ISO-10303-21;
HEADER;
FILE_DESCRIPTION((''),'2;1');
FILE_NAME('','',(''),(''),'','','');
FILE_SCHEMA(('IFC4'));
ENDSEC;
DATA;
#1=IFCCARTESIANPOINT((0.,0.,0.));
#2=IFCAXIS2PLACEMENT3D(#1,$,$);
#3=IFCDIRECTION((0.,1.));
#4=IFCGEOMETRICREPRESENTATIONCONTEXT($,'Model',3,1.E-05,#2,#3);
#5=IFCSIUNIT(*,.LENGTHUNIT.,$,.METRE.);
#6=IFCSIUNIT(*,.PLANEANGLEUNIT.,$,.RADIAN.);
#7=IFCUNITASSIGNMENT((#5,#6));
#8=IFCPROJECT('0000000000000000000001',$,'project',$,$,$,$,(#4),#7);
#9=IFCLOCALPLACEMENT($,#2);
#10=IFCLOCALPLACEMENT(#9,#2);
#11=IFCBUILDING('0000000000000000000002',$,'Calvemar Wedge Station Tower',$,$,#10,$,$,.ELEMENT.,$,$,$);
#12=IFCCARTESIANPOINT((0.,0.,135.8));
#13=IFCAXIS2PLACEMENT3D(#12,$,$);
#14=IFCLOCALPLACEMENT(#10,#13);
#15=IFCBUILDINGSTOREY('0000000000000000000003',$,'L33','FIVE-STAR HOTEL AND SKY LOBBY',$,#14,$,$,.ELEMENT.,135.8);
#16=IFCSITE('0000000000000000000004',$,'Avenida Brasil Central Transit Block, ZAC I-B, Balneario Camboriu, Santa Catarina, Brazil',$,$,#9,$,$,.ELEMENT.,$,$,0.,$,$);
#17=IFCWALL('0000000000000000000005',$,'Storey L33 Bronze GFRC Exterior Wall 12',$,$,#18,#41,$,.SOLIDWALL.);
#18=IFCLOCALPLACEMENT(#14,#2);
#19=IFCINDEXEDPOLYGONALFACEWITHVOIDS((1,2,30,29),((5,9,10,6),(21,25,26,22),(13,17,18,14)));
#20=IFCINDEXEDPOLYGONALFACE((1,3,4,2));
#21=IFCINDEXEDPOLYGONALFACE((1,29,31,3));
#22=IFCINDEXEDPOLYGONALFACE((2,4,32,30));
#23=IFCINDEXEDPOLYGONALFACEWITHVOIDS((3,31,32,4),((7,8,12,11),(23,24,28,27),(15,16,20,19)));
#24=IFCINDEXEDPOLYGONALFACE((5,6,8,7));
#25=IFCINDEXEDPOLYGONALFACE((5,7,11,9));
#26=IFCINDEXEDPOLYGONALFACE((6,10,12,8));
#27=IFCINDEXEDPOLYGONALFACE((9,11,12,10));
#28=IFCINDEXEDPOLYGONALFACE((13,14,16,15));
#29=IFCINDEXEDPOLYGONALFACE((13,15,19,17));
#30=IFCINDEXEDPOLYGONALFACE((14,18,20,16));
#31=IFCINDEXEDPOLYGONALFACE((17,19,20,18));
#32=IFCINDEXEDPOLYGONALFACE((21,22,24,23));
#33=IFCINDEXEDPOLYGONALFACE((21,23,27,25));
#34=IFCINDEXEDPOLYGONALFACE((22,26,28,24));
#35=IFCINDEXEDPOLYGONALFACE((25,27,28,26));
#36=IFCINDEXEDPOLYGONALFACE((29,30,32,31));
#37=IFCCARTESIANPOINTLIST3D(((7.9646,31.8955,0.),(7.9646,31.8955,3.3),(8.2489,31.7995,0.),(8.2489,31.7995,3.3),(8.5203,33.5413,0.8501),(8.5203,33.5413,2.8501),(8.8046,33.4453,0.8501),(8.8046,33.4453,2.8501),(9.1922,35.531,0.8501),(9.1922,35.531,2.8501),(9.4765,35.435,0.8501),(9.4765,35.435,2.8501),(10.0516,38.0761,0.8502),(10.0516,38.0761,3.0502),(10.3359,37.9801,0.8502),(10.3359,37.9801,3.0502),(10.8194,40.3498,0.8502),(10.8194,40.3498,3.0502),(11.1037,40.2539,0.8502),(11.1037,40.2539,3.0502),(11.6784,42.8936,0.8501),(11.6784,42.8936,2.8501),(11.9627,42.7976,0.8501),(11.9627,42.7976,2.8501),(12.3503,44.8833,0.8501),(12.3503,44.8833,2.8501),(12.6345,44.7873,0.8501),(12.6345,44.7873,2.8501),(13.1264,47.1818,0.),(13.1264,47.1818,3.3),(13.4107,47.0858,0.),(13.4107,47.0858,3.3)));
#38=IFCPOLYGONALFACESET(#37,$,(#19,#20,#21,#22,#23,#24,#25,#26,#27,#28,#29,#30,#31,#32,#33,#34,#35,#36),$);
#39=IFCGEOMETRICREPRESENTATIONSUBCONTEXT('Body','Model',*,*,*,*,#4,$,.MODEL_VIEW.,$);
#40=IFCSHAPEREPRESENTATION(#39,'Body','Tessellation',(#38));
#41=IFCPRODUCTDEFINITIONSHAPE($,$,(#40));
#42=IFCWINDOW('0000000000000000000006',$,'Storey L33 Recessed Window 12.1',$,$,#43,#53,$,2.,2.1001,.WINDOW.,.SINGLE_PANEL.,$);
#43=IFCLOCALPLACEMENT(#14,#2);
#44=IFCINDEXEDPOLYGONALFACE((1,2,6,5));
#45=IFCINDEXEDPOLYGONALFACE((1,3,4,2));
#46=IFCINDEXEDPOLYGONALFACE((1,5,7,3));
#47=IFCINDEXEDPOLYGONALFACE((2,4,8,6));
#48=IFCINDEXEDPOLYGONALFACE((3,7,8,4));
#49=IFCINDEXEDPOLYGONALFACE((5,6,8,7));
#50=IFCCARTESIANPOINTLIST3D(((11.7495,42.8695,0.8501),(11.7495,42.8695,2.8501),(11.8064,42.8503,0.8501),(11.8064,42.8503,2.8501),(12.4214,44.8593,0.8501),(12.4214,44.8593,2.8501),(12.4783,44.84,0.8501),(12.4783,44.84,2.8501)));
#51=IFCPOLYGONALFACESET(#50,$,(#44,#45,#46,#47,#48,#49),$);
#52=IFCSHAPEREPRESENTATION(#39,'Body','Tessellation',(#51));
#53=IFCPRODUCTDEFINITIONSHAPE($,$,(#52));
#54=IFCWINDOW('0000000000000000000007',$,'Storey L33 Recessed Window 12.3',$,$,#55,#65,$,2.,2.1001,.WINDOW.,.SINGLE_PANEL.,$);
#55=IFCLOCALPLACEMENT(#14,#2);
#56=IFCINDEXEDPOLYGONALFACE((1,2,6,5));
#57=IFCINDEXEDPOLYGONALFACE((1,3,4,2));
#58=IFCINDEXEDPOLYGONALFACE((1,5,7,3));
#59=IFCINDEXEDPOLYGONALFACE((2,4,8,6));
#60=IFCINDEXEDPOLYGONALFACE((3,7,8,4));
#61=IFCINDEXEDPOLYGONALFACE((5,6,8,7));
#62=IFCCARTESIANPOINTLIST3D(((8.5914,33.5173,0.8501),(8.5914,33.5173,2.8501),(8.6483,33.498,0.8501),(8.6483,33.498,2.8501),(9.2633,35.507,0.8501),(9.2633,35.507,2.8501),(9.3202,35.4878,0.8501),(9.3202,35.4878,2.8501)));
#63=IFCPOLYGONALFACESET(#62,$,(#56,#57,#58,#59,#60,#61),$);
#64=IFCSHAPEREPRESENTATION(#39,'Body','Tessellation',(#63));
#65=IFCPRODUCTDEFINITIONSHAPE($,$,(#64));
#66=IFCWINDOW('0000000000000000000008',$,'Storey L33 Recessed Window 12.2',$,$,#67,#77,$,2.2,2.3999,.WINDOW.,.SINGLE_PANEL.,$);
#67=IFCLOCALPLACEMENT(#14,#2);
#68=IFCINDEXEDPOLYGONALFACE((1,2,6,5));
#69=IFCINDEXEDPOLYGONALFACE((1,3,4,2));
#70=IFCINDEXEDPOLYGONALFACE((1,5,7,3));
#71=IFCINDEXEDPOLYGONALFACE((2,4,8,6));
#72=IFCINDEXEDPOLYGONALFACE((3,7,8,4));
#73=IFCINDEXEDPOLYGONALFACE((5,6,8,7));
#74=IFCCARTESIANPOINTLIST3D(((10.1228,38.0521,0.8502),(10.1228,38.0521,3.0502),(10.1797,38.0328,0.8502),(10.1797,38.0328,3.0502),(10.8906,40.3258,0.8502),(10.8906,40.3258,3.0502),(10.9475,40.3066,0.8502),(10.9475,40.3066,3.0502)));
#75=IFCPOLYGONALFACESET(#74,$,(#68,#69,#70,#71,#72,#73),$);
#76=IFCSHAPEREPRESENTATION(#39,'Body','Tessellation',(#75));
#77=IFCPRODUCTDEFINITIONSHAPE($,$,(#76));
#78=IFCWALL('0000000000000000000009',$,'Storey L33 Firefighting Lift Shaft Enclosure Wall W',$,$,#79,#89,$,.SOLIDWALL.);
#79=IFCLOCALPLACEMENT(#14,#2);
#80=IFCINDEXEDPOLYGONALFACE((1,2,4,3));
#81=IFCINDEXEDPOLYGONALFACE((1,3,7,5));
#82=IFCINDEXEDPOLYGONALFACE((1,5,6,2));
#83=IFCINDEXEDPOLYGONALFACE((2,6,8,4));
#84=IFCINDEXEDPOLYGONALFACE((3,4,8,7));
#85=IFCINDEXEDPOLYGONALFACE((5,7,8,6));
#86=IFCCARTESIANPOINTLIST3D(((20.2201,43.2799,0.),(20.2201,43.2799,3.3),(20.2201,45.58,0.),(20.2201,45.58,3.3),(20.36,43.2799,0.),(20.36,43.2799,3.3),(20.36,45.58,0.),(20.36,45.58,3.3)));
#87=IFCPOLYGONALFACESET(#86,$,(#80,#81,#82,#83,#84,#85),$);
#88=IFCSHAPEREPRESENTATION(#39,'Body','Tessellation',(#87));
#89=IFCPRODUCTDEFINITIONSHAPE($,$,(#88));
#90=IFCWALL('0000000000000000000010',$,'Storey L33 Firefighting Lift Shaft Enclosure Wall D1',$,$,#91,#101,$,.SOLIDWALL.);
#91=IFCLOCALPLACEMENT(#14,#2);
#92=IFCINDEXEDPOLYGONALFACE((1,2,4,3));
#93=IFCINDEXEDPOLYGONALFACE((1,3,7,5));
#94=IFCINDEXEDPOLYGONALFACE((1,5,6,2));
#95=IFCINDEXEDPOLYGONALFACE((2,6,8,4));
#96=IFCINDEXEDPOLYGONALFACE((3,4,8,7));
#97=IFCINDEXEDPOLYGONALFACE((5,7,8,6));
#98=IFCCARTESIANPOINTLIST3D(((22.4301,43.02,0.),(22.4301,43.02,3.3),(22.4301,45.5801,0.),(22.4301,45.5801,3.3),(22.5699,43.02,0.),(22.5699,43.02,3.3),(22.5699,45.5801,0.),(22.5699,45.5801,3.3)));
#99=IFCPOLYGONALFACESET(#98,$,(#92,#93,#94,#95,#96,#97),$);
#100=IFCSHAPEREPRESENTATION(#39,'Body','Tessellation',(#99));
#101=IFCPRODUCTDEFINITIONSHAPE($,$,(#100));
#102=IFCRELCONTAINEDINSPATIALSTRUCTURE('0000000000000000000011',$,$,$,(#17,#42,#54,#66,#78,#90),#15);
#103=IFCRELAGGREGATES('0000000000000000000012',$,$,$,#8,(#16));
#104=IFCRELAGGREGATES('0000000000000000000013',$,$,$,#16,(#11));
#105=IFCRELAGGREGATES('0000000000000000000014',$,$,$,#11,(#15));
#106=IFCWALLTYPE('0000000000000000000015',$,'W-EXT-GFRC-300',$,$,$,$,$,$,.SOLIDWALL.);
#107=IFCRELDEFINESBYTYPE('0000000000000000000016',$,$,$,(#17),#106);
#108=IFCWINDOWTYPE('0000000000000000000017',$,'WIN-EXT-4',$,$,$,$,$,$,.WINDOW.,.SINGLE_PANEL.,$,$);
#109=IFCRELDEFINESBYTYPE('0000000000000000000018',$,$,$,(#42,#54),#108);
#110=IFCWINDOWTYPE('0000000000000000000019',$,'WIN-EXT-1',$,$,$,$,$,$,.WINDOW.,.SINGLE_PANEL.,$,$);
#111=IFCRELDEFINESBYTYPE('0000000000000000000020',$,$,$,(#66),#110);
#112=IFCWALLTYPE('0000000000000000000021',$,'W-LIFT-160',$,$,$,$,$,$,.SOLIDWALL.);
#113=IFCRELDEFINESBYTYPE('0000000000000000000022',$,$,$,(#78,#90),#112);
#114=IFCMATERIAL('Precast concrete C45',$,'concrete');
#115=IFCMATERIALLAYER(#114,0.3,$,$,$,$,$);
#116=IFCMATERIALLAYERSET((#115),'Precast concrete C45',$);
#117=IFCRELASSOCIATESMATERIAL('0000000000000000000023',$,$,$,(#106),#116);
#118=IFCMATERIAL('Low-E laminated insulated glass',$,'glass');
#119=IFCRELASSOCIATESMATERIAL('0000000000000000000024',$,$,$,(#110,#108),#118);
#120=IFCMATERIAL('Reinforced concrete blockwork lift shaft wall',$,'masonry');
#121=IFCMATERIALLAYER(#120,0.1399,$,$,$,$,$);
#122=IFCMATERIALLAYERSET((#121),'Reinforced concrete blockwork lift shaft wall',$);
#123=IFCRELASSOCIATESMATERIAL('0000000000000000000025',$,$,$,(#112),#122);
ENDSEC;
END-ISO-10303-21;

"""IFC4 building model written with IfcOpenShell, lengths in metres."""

from ifc_helpers import new_model, si_unit, direction, frame, frame_2d, origin, place, context, subcontext, project, spatial, rectangle, extrude, source, transform, mapped, material, layer, layer_set, type_object, element, fill, save


model = new_model("IFC4")

# Units and contexts
model_context = context("Model", 3, precision=1e-05, world=origin(), true_north=direction((0.0, 1.0)))
body_context = subcontext(model_context, "Body", "Model", "MODEL_VIEW")
ifc_project = project(units=[si_unit("LENGTHUNIT", "METRE"), si_unit("PLANEANGLEUNIT", "RADIAN")], contexts=[model_context])

# Site, building, storey
site_placement = place(None, origin())
site = spatial("IfcSite", under=ifc_project, at=site_placement, Name="Avenida Brasil Central Transit Block, ZAC I-B, Balneario Camboriu, Santa Catarina, Brazil", CompositionType="ELEMENT", RefElevation=0.0)
building_placement = place(site_placement, origin())
building = spatial("IfcBuilding", under=site, at=building_placement, Name="Calvemar Wedge Station Tower", CompositionType="ELEMENT")
storey_placement = place(building_placement, frame((0.0, 0.0, 135.8)))
storey = spatial("IfcBuildingStorey", under=building, at=storey_placement, Name="L33", Description="FIVE-STAR HOTEL AND SKY LOBBY", CompositionType="ELEMENT", Elevation=135.8)

# Wall, openings, windows
ifc_material_1 = material(Name="Precast concrete C45", Category="concrete")
ifc_layer_1 = layer(ifc_material_1, 0.3)
ifc_layer_set_1 = layer_set([ifc_layer_1], Name="Precast concrete C45")
wall_type_1 = type_object("IfcWallType", Name="W-EXT-GFRC-300", PredefinedType="SOLIDWALL", material=ifc_layer_set_1)
shared_shape_1 = source(origin(), body_context, "Body", "SweptSolid", [
    extrude(rectangle(XDim=2.3999, YDim=2.2, at=frame_2d((1.2, 1.1001))), frame((0.0, 0.1602, 0.0), z_axis=(0.0, -1.0, 0.0), x_axis=(1.0, 0.0, 0.0)), (0.0, 0.0, 1.0), 0.3201),
])
ifc_material_2 = material(Name="Low-E laminated insulated glass", Category="glass")
window_type_1 = type_object("IfcWindowType", Name="WIN-EXT-1", PartitioningType="SINGLE_PANEL", PredefinedType="WINDOW", material=ifc_material_2)
shared_shape_2 = source(origin(), body_context, "Body", "SweptSolid", [
    extrude(rectangle(XDim=2.3999, YDim=2.2, at=frame_2d((1.2, 1.1001))), frame((0.0, -0.0149, 0.0), z_axis=(0.0, -1.0, 0.0), x_axis=(1.0, 0.0, 0.0)), (0.0, 0.0, 1.0), 0.0601),
])
wall_1_placement = place(storey_placement, frame((13.2686, 47.1338, 0.0), z_axis=(0.0, 0.0, 1.0), x_axis=(-0.31993, -0.947441, 0.0)))
wall_1 = element("IfcWall", 1, at=wall_1_placement, inside=storey, type_object=wall_type_1, Name="Storey L33 Bronze GFRC Exterior Wall 12", PredefinedType="SOLIDWALL", context=body_context, shape_type="SweptSolid", body=[
    extrude(rectangle(XDim=16.1343, YDim=0.3, at=frame_2d((8.0671, 0.0))), origin(), (0.0, 0.0, 1.0), 3.3),
])
shared_shape_3 = source(origin(), body_context, "Body", "SweptSolid", [
    extrude(rectangle(XDim=2.1001, YDim=2.0, at=frame_2d((1.05, 1.0))), frame((0.0, 0.1602, 0.0), z_axis=(0.0, -1.0, 0.0), x_axis=(1.0, 0.0, 0.0)), (0.0, 0.0, 1.0), 0.3201),
])
opening_1_placement = place(wall_1_placement, frame((2.426, 0.0, 0.8501)))
opening_1 = element("IfcOpeningElement", 2, at=opening_1_placement, cuts=wall_1, PredefinedType="OPENING", context=body_context, shape_type="MappedRepresentation", body=[
    mapped(shared_shape_3, transform((0.0, 0.0, 0.0), scale=1.0)),
])
opening_2_placement = place(wall_1_placement, frame((7.2109, 0.0, 0.8501)))
opening_2 = element("IfcOpeningElement", 3, at=opening_2_placement, cuts=wall_1, PredefinedType="OPENING", context=body_context, shape_type="MappedRepresentation", body=[
    mapped(shared_shape_1, transform((0.0, 0.0, 0.0), scale=1.0)),
])
opening_3_placement = place(wall_1_placement, frame((12.2971, 0.0, 0.8501)))
opening_3 = element("IfcOpeningElement", 4, at=opening_3_placement, cuts=wall_1, PredefinedType="OPENING", context=body_context, shape_type="MappedRepresentation", body=[
    mapped(shared_shape_3, transform((0.0, 0.0, 0.0), scale=1.0)),
])
window_type_2 = type_object("IfcWindowType", Name="WIN-EXT-4", PartitioningType="SINGLE_PANEL", PredefinedType="WINDOW", material=ifc_material_2)
shared_shape_4 = source(origin(), body_context, "Body", "SweptSolid", [
    extrude(rectangle(XDim=2.1001, YDim=2.0, at=frame_2d((1.05, 1.0))), frame((0.0, -0.0149, 0.0), z_axis=(0.0, -1.0, 0.0), x_axis=(1.0, 0.0, 0.0)), (0.0, 0.0, 1.0), 0.0601),
])
window_1_placement = place(opening_1_placement, origin())
window_1 = element("IfcWindow", 5, at=window_1_placement, inside=storey, type_object=window_type_2, Name="Storey L33 Recessed Window 12.1", OverallHeight=2.0, OverallWidth=2.1001, PartitioningType="SINGLE_PANEL", PredefinedType="WINDOW", context=body_context, shape_type="MappedRepresentation", body=[
    mapped(shared_shape_4, transform((0.0, 0.0, 0.0), scale=1.0)),
])
fill(opening_1, window_1)
window_2_placement = place(opening_3_placement, origin())
window_2 = element("IfcWindow", 6, at=window_2_placement, inside=storey, type_object=window_type_2, Name="Storey L33 Recessed Window 12.3", OverallHeight=2.0, OverallWidth=2.1001, PartitioningType="SINGLE_PANEL", PredefinedType="WINDOW", context=body_context, shape_type="MappedRepresentation", body=[
    mapped(shared_shape_4, transform((0.0, 0.0, 0.0), scale=1.0)),
])
fill(opening_3, window_2)
window_3_placement = place(opening_2_placement, origin())
window_3 = element("IfcWindow", 7, at=window_3_placement, inside=storey, type_object=window_type_1, Name="Storey L33 Recessed Window 12.2", OverallHeight=2.2, OverallWidth=2.3999, PartitioningType="SINGLE_PANEL", PredefinedType="WINDOW", context=body_context, shape_type="MappedRepresentation", body=[
    mapped(shared_shape_2, transform((0.0, 0.0, 0.0), scale=1.0)),
])
fill(opening_2, window_3)

# Shared definitions
ifc_material_3 = material(Name="Reinforced concrete blockwork lift shaft wall", Category="masonry")
ifc_layer_2 = layer(ifc_material_3, 0.1399)
ifc_layer_set_2 = layer_set([ifc_layer_2], Name="Reinforced concrete blockwork lift shaft wall")
wall_type_2 = type_object("IfcWallType", Name="W-LIFT-160", PredefinedType="SOLIDWALL", material=ifc_layer_set_2)

# Walls
wall_2_placement = place(storey_placement, frame((20.29, 43.28, 0.0), z_axis=(0.0, 0.0, 1.0), x_axis=(0.0, 1.0, 0.0)))
element("IfcWall", 8, at=wall_2_placement, inside=storey, type_object=wall_type_2, Name="Storey L33 Firefighting Lift Shaft Enclosure Wall W", PredefinedType="SOLIDWALL", context=body_context, shape_type="SweptSolid", body=[
    extrude(rectangle(XDim=2.3, YDim=0.1399, at=frame_2d((1.1499, 0.0))), origin(), (0.0, 0.0, 1.0), 3.3),
])
wall_3_placement = place(storey_placement, frame((22.5, 43.02, 0.0), z_axis=(0.0, 0.0, 1.0), x_axis=(0.0, 1.0, 0.0)))
element("IfcWall", 9, at=wall_3_placement, inside=storey, type_object=wall_type_2, Name="Storey L33 Firefighting Lift Shaft Enclosure Wall D1", PredefinedType="SOLIDWALL", context=body_context, shape_type="SweptSolid", body=[
    extrude(rectangle(XDim=2.5601, YDim=0.1399, at=frame_2d((1.28, 0.0))), origin(), (0.0, 0.0, 1.0), 3.3),
])

save(model, "model.ifc")
